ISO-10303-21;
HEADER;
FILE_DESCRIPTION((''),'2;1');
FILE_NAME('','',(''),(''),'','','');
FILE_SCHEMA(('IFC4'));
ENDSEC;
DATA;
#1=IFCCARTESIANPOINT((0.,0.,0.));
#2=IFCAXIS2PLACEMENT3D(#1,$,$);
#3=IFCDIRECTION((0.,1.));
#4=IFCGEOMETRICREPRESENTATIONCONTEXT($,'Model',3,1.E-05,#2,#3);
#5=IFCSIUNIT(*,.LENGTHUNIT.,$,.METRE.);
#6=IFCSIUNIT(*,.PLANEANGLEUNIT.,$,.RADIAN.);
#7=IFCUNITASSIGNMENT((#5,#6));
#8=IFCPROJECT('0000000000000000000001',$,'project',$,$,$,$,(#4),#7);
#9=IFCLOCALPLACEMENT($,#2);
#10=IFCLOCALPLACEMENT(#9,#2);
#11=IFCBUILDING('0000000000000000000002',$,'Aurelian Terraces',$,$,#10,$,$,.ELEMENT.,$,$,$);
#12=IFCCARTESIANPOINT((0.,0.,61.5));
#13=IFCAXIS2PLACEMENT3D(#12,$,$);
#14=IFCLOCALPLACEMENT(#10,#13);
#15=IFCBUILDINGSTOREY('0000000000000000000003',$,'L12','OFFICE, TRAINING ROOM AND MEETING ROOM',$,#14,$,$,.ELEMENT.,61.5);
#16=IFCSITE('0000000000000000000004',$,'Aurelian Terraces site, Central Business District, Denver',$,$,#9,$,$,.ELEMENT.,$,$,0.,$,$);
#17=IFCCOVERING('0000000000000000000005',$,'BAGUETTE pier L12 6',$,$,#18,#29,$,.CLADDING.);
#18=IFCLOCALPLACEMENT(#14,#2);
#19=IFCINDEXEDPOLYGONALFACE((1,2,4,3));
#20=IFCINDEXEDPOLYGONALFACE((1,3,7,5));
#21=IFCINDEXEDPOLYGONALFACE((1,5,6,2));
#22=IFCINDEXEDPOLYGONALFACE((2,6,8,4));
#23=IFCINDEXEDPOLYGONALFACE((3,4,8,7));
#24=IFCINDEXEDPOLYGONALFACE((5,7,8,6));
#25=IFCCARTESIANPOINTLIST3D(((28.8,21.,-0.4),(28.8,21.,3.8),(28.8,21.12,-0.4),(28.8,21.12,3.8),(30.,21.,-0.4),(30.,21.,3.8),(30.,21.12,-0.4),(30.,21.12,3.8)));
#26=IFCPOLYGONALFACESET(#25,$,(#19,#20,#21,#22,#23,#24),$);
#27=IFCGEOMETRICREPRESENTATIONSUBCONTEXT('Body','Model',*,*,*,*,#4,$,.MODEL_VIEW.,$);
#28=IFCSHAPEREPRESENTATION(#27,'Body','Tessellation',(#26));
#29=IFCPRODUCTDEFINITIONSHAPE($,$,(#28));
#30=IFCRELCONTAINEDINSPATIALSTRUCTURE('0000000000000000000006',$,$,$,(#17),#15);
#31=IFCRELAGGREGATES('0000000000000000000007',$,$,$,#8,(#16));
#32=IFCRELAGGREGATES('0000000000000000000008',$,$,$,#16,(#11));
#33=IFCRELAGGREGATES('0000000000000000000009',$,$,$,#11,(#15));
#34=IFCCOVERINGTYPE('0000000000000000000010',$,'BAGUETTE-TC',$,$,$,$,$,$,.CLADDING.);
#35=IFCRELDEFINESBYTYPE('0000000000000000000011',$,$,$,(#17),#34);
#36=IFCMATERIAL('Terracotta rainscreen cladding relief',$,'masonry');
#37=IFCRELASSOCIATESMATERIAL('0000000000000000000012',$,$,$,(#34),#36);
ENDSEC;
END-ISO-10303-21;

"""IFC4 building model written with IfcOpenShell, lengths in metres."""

from ifc_helpers import new_model, si_unit, direction, frame, origin, origin_2d, place, context, subcontext, project, spatial, rectangle, extrude, source, transform, mapped, material, type_object, element, save


model = new_model("IFC4")

# Units and contexts
model_context = context("Model", 3, precision=1e-05, world=origin(), true_north=direction((0.0, 1.0)))
body_context = subcontext(model_context, "Body", "Model", "MODEL_VIEW")
ifc_project = project(units=[si_unit("LENGTHUNIT", "METRE"), si_unit("PLANEANGLEUNIT", "RADIAN")], contexts=[model_context])

# Site, building, storey
site_placement = place(None, origin())
site = spatial("IfcSite", under=ifc_project, at=site_placement, Name="Aurelian Terraces site, Central Business District, Denver", CompositionType="ELEMENT", RefElevation=0.0)
building_placement = place(site_placement, origin())
building = spatial("IfcBuilding", under=site, at=building_placement, Name="Aurelian Terraces", CompositionType="ELEMENT")
storey_placement = place(building_placement, frame((0.0, 0.0, 61.5)))
storey = spatial("IfcBuildingStorey", under=building, at=storey_placement, Name="L12", Description="OFFICE, TRAINING ROOM AND MEETING ROOM", CompositionType="ELEMENT", Elevation=61.5)

# Covering
ifc_material_1 = material(Name="Terracotta rainscreen cladding relief", Category="masonry")
covering_type = type_object("IfcCoveringType", Name="BAGUETTE-TC", PredefinedType="CLADDING", material=ifc_material_1)
shared_shape_1 = source(origin(), body_context, "Body", "SweptSolid", [
    extrude(rectangle(XDim=1.2, YDim=0.12, at=origin_2d()), origin(), (0.0, 0.0, 1.0), 4.2),
])
covering_placement = place(storey_placement, frame((29.4, 21.06, -0.4), z_axis=(0.0, 0.0, 1.0), x_axis=(1.0, 0.0, 0.0)))
element("IfcCovering", 1, at=covering_placement, inside=storey, type_object=covering_type, Name="BAGUETTE pier L12 6", PredefinedType="CLADDING", context=body_context, shape_type="MappedRepresentation", body=[
    mapped(shared_shape_1, transform((0.0, 0.0, 0.0), scale=1.0)),
])

save(model, "model.ifc")
